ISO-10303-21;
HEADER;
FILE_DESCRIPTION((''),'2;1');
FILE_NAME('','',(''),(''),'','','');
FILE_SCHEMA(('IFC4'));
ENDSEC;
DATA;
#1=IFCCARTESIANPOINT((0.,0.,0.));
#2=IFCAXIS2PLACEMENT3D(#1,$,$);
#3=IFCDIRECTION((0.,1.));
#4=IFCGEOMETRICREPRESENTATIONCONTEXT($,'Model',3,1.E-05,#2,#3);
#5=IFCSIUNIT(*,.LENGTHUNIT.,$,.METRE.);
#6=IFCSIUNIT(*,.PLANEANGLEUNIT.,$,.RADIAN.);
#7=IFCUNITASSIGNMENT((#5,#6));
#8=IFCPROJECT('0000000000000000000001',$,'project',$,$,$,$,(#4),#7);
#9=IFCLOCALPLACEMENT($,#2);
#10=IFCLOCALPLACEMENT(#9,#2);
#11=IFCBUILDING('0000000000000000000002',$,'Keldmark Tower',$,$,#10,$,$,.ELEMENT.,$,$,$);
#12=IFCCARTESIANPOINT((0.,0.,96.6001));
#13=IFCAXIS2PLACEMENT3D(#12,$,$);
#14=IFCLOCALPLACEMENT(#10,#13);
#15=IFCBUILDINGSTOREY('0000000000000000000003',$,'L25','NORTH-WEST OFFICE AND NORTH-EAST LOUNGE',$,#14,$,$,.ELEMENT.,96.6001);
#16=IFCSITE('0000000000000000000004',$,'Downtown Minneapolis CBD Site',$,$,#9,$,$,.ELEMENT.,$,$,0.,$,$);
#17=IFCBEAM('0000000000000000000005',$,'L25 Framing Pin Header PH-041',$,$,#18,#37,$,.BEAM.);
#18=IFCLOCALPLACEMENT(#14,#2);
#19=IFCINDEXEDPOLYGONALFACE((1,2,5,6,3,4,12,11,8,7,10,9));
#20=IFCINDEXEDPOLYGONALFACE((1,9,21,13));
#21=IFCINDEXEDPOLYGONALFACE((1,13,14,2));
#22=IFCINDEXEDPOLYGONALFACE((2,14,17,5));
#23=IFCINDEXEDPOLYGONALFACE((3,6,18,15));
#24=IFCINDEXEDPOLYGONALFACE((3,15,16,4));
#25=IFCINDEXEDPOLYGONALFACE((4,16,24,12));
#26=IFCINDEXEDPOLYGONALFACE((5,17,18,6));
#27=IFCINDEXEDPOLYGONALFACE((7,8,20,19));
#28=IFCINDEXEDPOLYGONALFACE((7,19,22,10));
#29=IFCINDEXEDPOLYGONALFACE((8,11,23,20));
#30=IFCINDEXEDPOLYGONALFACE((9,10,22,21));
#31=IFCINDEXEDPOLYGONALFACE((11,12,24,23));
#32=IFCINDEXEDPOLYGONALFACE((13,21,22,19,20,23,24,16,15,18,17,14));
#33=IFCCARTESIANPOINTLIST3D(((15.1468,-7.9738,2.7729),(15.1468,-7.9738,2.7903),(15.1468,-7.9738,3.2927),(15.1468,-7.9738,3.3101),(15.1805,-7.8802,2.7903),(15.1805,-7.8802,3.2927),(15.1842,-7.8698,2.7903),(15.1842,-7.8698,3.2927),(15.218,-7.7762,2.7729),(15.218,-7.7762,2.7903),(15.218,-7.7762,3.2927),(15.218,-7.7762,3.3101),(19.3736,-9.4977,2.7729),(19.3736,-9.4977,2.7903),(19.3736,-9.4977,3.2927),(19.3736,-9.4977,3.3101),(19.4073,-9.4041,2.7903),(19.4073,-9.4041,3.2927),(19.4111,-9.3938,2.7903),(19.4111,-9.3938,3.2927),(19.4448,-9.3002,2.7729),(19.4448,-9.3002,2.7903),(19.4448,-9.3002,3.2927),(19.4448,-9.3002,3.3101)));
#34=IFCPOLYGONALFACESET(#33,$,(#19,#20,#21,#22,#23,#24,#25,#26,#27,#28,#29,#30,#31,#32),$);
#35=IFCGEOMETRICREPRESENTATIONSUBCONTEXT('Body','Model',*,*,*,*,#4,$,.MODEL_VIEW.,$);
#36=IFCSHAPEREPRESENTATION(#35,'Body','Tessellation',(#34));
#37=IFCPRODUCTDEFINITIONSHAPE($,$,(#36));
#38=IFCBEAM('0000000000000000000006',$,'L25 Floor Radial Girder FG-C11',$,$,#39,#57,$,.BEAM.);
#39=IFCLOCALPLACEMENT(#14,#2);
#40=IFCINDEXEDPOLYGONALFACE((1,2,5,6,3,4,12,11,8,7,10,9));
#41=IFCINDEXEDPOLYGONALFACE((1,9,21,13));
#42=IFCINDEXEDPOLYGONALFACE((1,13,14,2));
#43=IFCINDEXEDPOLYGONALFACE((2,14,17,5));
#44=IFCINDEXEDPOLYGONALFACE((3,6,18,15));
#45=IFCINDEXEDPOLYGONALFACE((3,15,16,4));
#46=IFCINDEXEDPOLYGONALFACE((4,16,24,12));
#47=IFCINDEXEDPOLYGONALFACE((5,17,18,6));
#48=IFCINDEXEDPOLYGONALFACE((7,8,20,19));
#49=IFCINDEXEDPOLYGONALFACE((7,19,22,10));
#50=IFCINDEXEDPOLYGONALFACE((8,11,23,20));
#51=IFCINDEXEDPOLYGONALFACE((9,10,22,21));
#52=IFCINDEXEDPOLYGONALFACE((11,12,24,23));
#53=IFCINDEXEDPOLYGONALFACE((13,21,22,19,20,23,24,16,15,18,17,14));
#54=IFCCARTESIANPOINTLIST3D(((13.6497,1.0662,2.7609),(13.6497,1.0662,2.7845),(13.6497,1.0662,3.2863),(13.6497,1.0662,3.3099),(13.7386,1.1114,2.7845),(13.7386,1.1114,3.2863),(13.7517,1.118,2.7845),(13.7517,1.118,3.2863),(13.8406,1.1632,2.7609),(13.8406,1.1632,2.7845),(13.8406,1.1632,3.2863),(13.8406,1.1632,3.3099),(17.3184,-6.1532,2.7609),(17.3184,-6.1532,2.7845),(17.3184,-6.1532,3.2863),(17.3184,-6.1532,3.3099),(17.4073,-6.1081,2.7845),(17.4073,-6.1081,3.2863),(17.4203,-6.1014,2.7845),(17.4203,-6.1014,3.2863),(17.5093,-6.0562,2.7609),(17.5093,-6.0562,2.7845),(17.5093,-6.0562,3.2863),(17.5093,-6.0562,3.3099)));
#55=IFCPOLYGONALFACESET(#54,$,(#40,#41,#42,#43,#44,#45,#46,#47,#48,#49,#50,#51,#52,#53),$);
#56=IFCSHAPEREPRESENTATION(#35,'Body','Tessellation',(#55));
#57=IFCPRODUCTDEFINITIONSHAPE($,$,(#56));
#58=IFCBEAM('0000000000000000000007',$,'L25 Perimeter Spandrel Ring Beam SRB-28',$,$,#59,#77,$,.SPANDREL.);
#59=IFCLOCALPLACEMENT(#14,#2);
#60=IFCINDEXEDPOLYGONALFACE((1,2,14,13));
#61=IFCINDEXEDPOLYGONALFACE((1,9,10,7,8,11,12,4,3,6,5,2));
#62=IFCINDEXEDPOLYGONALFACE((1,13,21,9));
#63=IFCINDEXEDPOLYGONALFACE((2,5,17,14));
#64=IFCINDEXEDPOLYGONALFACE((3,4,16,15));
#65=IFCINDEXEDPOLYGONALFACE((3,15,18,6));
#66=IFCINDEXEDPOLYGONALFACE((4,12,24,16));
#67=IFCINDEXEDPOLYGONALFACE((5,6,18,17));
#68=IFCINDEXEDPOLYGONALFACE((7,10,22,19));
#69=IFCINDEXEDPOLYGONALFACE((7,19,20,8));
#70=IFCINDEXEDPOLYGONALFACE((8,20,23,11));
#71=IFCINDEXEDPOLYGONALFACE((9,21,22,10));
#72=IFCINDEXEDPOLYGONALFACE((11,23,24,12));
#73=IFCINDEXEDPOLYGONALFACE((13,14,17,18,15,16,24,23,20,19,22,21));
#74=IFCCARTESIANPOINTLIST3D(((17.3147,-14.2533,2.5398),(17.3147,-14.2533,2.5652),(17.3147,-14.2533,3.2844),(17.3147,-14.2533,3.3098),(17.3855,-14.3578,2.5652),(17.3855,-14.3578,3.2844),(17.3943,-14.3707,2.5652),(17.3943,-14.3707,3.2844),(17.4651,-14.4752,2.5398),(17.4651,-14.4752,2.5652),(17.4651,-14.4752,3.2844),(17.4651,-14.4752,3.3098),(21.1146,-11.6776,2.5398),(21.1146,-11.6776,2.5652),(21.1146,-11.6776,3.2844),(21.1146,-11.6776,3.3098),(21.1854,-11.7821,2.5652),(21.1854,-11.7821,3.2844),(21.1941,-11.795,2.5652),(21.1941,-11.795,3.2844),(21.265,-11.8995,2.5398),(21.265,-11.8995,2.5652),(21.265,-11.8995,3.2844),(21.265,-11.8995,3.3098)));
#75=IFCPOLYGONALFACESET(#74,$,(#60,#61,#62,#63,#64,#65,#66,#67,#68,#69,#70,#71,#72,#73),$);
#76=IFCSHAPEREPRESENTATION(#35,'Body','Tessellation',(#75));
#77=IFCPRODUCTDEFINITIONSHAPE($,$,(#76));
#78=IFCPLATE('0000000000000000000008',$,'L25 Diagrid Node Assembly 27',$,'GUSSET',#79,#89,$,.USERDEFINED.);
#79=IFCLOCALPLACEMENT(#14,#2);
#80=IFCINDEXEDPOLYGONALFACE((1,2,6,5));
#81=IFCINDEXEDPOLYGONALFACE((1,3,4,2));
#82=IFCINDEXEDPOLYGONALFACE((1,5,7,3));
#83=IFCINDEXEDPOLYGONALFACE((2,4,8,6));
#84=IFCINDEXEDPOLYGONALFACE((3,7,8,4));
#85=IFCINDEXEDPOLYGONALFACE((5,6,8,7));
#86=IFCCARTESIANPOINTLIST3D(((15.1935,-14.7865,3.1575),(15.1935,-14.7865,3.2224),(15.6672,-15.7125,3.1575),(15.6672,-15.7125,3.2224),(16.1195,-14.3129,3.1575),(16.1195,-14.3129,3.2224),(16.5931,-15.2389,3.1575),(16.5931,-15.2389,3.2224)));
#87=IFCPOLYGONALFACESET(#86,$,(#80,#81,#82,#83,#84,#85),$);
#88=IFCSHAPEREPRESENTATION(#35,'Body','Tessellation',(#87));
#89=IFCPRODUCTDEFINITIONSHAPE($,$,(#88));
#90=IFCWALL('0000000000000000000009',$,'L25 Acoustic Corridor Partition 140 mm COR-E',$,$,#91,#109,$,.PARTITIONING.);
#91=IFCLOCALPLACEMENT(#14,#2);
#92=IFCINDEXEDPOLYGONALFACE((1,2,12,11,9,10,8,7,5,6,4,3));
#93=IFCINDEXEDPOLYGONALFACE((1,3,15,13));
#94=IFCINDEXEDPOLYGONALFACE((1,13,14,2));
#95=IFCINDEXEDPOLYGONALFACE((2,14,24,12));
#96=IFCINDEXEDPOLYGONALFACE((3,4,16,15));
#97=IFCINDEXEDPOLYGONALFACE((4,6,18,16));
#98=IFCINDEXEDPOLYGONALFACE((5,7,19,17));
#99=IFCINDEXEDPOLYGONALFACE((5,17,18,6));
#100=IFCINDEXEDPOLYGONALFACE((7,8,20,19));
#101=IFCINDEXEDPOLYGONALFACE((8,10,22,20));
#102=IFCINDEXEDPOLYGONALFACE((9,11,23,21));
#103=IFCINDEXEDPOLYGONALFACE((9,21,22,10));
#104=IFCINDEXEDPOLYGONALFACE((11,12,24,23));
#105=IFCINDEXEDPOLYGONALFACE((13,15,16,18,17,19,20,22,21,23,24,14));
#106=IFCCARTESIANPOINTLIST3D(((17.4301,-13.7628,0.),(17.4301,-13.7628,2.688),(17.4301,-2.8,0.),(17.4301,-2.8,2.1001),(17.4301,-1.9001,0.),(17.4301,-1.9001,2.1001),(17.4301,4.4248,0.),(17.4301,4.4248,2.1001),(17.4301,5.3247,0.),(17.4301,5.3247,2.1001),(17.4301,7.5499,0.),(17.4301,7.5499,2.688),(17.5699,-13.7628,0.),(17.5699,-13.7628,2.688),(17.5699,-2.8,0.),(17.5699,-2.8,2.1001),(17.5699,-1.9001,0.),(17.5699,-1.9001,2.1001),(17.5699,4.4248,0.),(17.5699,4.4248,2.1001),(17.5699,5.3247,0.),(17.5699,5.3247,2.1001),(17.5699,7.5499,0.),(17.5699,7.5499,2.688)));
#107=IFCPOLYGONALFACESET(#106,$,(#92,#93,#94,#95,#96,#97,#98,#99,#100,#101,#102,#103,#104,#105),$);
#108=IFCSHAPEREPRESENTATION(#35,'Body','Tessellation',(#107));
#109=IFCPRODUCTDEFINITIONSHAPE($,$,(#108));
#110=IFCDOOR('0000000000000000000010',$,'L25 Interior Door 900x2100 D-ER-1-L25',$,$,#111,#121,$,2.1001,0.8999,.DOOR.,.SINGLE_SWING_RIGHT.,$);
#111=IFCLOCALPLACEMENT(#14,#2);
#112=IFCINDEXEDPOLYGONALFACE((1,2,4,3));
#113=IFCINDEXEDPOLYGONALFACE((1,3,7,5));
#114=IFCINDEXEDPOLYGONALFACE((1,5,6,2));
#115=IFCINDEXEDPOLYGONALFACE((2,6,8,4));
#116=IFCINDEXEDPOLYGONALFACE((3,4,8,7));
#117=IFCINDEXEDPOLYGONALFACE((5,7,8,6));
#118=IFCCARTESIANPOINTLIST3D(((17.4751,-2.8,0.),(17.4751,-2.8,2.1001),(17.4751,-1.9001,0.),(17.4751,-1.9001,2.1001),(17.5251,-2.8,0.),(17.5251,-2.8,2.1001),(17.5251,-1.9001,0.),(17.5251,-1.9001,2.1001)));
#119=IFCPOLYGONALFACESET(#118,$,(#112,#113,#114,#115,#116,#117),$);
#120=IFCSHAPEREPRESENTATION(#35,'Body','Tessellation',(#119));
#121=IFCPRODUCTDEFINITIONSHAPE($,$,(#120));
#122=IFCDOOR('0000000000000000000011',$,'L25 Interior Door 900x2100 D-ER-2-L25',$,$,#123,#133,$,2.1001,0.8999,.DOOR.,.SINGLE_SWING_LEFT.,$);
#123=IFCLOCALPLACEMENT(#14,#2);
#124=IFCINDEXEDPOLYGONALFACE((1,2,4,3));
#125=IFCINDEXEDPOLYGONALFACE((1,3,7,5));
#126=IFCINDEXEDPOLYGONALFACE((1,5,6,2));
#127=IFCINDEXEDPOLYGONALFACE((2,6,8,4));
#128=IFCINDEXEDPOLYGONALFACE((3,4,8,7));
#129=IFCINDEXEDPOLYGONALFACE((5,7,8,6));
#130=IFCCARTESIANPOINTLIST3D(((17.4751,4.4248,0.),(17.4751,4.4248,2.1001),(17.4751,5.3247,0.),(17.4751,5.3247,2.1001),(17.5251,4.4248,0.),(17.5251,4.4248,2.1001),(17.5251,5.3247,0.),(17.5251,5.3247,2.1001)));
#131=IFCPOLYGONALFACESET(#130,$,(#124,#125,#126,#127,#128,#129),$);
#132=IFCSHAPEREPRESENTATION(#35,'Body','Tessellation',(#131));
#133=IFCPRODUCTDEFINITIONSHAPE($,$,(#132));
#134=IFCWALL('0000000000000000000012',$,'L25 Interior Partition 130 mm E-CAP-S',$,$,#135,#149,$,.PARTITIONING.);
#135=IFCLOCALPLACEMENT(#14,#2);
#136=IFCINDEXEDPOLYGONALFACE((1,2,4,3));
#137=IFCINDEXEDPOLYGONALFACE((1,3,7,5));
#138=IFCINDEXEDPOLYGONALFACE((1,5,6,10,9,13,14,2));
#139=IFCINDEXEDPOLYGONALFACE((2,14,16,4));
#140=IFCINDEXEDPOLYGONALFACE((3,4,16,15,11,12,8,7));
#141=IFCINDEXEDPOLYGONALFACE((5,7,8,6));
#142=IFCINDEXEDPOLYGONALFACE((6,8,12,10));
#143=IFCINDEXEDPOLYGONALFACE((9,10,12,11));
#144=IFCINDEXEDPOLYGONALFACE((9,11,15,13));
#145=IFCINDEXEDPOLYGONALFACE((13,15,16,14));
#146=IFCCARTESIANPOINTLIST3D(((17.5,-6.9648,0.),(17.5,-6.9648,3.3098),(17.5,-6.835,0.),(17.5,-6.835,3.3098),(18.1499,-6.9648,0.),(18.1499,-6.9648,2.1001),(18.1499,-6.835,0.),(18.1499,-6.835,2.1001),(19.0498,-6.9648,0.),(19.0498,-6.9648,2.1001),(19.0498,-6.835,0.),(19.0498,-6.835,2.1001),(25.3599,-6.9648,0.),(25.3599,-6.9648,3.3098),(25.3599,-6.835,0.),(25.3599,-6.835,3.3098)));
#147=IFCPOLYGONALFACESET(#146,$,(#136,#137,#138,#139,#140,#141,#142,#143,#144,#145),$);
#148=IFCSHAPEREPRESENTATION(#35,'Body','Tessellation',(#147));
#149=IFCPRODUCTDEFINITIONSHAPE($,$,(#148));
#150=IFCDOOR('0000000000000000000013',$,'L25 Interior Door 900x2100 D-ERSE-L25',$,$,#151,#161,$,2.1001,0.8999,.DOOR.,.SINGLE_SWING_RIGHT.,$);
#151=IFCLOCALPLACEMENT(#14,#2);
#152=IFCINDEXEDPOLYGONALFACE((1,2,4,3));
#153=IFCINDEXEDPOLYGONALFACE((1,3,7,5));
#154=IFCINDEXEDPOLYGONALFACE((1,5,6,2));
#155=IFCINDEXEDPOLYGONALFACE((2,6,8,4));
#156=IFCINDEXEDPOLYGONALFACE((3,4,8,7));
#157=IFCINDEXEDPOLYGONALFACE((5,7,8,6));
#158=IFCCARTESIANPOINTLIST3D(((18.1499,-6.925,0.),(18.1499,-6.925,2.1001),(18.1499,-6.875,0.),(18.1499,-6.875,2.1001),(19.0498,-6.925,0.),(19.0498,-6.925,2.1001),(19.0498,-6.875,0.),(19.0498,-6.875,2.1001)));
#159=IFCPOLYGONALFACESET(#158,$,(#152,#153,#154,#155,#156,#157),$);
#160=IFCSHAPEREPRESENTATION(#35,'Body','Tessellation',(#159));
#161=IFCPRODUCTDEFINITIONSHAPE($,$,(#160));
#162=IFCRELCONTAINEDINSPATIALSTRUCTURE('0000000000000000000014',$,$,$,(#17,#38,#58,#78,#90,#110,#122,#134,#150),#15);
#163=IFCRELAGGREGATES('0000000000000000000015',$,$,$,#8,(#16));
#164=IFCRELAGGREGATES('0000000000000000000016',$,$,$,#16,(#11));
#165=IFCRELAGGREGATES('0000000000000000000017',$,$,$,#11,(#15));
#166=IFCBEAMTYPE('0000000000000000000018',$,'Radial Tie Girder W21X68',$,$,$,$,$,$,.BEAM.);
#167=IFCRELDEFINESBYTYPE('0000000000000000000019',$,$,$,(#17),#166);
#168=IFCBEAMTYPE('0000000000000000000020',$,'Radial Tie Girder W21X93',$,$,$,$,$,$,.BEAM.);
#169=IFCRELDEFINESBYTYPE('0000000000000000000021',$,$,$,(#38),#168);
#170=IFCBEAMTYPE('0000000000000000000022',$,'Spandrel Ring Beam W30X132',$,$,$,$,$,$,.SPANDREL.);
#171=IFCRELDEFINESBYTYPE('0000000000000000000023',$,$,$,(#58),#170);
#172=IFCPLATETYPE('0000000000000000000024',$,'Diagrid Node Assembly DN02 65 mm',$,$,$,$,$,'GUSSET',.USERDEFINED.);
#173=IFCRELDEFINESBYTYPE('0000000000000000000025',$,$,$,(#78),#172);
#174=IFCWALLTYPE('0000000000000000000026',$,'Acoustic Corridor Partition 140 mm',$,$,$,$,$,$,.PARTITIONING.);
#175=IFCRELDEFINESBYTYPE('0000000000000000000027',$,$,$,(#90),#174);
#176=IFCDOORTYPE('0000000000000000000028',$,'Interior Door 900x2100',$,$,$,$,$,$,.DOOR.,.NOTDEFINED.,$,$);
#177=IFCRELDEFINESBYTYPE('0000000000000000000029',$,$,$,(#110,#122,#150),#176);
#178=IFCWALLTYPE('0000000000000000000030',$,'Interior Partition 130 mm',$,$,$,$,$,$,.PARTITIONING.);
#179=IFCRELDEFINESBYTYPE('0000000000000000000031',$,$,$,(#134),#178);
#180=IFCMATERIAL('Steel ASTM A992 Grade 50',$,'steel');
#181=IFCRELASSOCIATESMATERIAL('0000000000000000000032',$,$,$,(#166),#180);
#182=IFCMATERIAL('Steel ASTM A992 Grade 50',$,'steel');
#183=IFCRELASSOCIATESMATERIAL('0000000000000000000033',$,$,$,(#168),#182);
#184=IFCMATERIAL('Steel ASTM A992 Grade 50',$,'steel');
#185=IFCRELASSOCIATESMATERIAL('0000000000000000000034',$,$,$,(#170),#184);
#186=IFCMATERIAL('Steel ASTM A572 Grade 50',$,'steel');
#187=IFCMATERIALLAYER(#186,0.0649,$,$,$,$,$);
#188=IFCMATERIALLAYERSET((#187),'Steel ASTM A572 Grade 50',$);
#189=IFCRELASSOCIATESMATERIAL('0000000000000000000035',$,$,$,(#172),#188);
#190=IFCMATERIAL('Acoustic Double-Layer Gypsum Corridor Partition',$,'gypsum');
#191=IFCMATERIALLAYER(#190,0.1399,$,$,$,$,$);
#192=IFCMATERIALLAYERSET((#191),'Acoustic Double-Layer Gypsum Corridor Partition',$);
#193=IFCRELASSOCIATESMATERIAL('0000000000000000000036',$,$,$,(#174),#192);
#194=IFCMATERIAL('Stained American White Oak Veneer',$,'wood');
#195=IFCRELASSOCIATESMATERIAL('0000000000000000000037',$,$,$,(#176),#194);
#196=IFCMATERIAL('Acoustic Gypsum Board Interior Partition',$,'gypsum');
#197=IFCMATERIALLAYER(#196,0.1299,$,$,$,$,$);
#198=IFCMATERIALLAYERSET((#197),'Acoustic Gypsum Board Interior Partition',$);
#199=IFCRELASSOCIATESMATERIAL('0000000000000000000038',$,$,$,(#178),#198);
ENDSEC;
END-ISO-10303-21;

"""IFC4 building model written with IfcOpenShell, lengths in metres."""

from ifc_helpers import new_model, si_unit, direction, frame, frame_2d, origin, origin_2d, place, context, subcontext, project, spatial, rectangle, i_section, extrude, material, layer, layer_set, material_profile, profile_set, type_object, element, fill, save


model = new_model("IFC4")

# Units and contexts
model_context = context("Model", 3, precision=1e-05, world=origin(), true_north=direction((0.0, 1.0)))
body_context = subcontext(model_context, "Body", "Model", "MODEL_VIEW")
ifc_project = project(units=[si_unit("LENGTHUNIT", "METRE"), si_unit("PLANEANGLEUNIT", "RADIAN")], contexts=[model_context])

# Site, building, storey
site_placement = place(None, origin())
site = spatial("IfcSite", under=ifc_project, at=site_placement, Name="Downtown Minneapolis CBD Site", CompositionType="ELEMENT", RefElevation=0.0)
building_placement = place(site_placement, origin())
building = spatial("IfcBuilding", under=site, at=building_placement, Name="Keldmark Tower", CompositionType="ELEMENT")
storey_placement = place(building_placement, frame((0.0, 0.0, 96.6001)))
storey = spatial("IfcBuildingStorey", under=building, at=storey_placement, Name="L25", Description="NORTH-WEST OFFICE AND NORTH-EAST LOUNGE", CompositionType="ELEMENT", Elevation=96.6001)

# Beams
ifc_material_1 = material(Name="Steel ASTM A992 Grade 50", Category="steel")
ifc_material_profile_1 = material_profile(ifc_material_1, i_section(OverallWidth=0.21, OverallDepth=0.5371, WebThickness=0.011, FlangeThickness=0.0173, at=origin_2d()), Name="W21X68")
ifc_profile_set_1 = profile_set([ifc_material_profile_1], Name="Steel ASTM A992 Grade 50")
beam_type_1 = type_object("IfcBeamType", Name="Radial Tie Girder W21X68", PredefinedType="BEAM", material=ifc_profile_set_1)
beam_1_placement = place(storey_placement, frame((15.1824, -7.875, 3.0415), z_axis=(0.940726, -0.339168, 0.0), x_axis=(0.339168, 0.940726, 0.0)))
element("IfcBeam", 1, at=beam_1_placement, inside=storey, type_object=beam_type_1, Name="L25 Framing Pin Header PH-041", PredefinedType="BEAM", context=body_context, shape_type="SweptSolid", body=[
    extrude(i_section(OverallWidth=0.21, OverallDepth=0.5371, WebThickness=0.011, FlangeThickness=0.0173, at=origin_2d()), origin(), (0.0, 0.0, 1.0), 4.4932),
])
ifc_material_2 = material(Name="Steel ASTM A992 Grade 50", Category="steel")
ifc_material_profile_2 = material_profile(ifc_material_2, i_section(OverallWidth=0.2141, OverallDepth=0.5491, WebThickness=0.0146, FlangeThickness=0.0237, at=origin_2d()), Name="W21X93")
ifc_profile_set_2 = profile_set([ifc_material_profile_2], Name="Steel ASTM A992 Grade 50")
beam_type_2 = type_object("IfcBeamType", Name="Radial Tie Girder W21X93", PredefinedType="BEAM", material=ifc_profile_set_2)
beam_2_placement = place(storey_placement, frame((17.4138, -6.1047, 3.0354), z_axis=(-0.453029, 0.891496, 0.0), x_axis=(-0.891496, -0.453029, 0.0)))
element("IfcBeam", 2, at=beam_2_placement, inside=storey, type_object=beam_type_2, Name="L25 Floor Radial Girder FG-C11", PredefinedType="BEAM", context=body_context, shape_type="SweptSolid", body=[
    extrude(i_section(OverallWidth=0.2141, OverallDepth=0.5491, WebThickness=0.0146, FlangeThickness=0.0237, at=origin_2d()), origin(), (0.0, 0.0, 1.0), 8.0981),
])
ifc_material_3 = material(Name="Steel ASTM A992 Grade 50", Category="steel")
ifc_material_profile_3 = material_profile(ifc_material_3, i_section(OverallWidth=0.2681, OverallDepth=0.77, WebThickness=0.0156, FlangeThickness=0.0254, at=origin_2d()), Name="W30X132")
ifc_profile_set_3 = profile_set([ifc_material_profile_3], Name="Steel ASTM A992 Grade 50")
beam_type_3 = type_object("IfcBeamType", Name="Spandrel Ring Beam W30X132", PredefinedType="SPANDREL", material=ifc_profile_set_3)
beam_3_placement = place(storey_placement, frame((17.3899, -14.3643, 2.9248), z_axis=(0.827755, 0.56109, 0.0), x_axis=(-0.56109, 0.827755, 0.0)))
element("IfcBeam", 3, at=beam_3_placement, inside=storey, type_object=beam_type_3, Name="L25 Perimeter Spandrel Ring Beam SRB-28", PredefinedType="SPANDREL", context=body_context, shape_type="SweptSolid", body=[
    extrude(i_section(OverallWidth=0.2681, OverallDepth=0.77, WebThickness=0.0156, FlangeThickness=0.0254, at=origin_2d()), origin(), (0.0, 0.0, 1.0), 4.5906),
])

# Plate
ifc_material_4 = material(Name="Steel ASTM A572 Grade 50", Category="steel")
ifc_layer_1 = layer(ifc_material_4, 0.0649)
ifc_layer_set_1 = layer_set([ifc_layer_1], Name="Steel ASTM A572 Grade 50")
plate_type = type_object("IfcPlateType", Name="Diagrid Node Assembly DN02 65 mm", ElementType="GUSSET", PredefinedType="USERDEFINED", material=ifc_layer_set_1)
plate_placement = place(storey_placement, frame((15.8933, -15.0127, 3.1575), z_axis=(0.0, 0.0, 1.0), x_axis=(0.890292, 0.45539, 0.0)))
element("IfcPlate", 4, at=plate_placement, inside=storey, type_object=plate_type, Name="L25 Diagrid Node Assembly 27", ObjectType="GUSSET", PredefinedType="USERDEFINED", context=body_context, shape_type="SweptSolid", body=[
    extrude(rectangle(XDim=1.04, YDim=1.04, at=origin_2d()), origin(), (0.0, 0.0, 1.0), 0.0649),
])

# Wall, openings, doors
ifc_material_5 = material(Name="Acoustic Double-Layer Gypsum Corridor Partition", Category="gypsum")
ifc_layer_2 = layer(ifc_material_5, 0.1399)
ifc_layer_set_2 = layer_set([ifc_layer_2], Name="Acoustic Double-Layer Gypsum Corridor Partition")
wall_type_1 = type_object("IfcWallType", Name="Acoustic Corridor Partition 140 mm", PredefinedType="PARTITIONING", material=ifc_layer_set_2)
wall_1_placement = place(storey_placement, frame((17.5, -13.7627, 0.0), z_axis=(0.0, 0.0, 1.0), x_axis=(0.0, 1.0, 0.0)))
wall_1 = element("IfcWall", 5, at=wall_1_placement, inside=storey, type_object=wall_type_1, Name="L25 Acoustic Corridor Partition 140 mm COR-E", PredefinedType="PARTITIONING", context=body_context, shape_type="SweptSolid", body=[
    extrude(rectangle(XDim=21.3127, YDim=0.1399, at=frame_2d((10.6562, 0.0))), origin(), (0.0, 0.0, 1.0), 2.688),
])
opening_1_placement = place(wall_1_placement, frame((10.9626, 0.0, 0.0)))
opening_1 = element("IfcOpeningElement", 6, at=opening_1_placement, cuts=wall_1, PredefinedType="OPENING", context=body_context, shape_type="SweptSolid", body=[
    extrude(rectangle(XDim=0.8999, YDim=2.1001, at=frame_2d((0.45, 1.05))), frame((0.0, 0.0798, 0.0), z_axis=(0.0, -1.0, 0.0), x_axis=(1.0, 0.0, 0.0)), (0.0, 0.0, 1.0), 0.1599),
])
opening_2_placement = place(wall_1_placement, frame((18.1875, 0.0, 0.0)))
opening_2 = element("IfcOpeningElement", 7, at=opening_2_placement, cuts=wall_1, PredefinedType="OPENING", context=body_context, shape_type="SweptSolid", body=[
    extrude(rectangle(XDim=0.8999, YDim=2.1001, at=frame_2d((0.45, 1.05))), frame((0.0, 0.0798, 0.0), z_axis=(0.0, -1.0, 0.0), x_axis=(1.0, 0.0, 0.0)), (0.0, 0.0, 1.0), 0.1599),
])
ifc_material_6 = material(Name="Stained American White Oak Veneer", Category="wood")
door_type = type_object("IfcDoorType", Name="Interior Door 900x2100", OperationType="NOTDEFINED", PredefinedType="DOOR", material=ifc_material_6)
door_1_placement = place(opening_1_placement, origin())
door_1 = element("IfcDoor", 8, at=door_1_placement, inside=storey, type_object=door_type, Name="L25 Interior Door 900x2100 D-ER-1-L25", OperationType="SINGLE_SWING_RIGHT", OverallHeight=2.1001, OverallWidth=0.8999, PredefinedType="DOOR", context=body_context, shape_type="SweptSolid", body=[
    extrude(rectangle(XDim=0.8999, YDim=2.1001, at=frame_2d((0.45, 1.05))), frame((0.0, 0.0249, 0.0), z_axis=(0.0, -1.0, 0.0), x_axis=(1.0, 0.0, 0.0)), (0.0, 0.0, 1.0), 0.05),
])
fill(opening_1, door_1)
door_2_placement = place(opening_2_placement, origin())
door_2 = element("IfcDoor", 9, at=door_2_placement, inside=storey, type_object=door_type, Name="L25 Interior Door 900x2100 D-ER-2-L25", OperationType="SINGLE_SWING_LEFT", OverallHeight=2.1001, OverallWidth=0.8999, PredefinedType="DOOR", context=body_context, shape_type="SweptSolid", body=[
    extrude(rectangle(XDim=0.8999, YDim=2.1001, at=frame_2d((0.45, 1.05))), frame((0.0, 0.0249, 0.0), z_axis=(0.0, -1.0, 0.0), x_axis=(1.0, 0.0, 0.0)), (0.0, 0.0, 1.0), 0.05),
])
fill(opening_2, door_2)

# Wall, opening, door
ifc_material_7 = material(Name="Acoustic Gypsum Board Interior Partition", Category="gypsum")
ifc_layer_3 = layer(ifc_material_7, 0.1299)
ifc_layer_set_3 = layer_set([ifc_layer_3], Name="Acoustic Gypsum Board Interior Partition")
wall_type_2 = type_object("IfcWallType", Name="Interior Partition 130 mm", PredefinedType="PARTITIONING", material=ifc_layer_set_3)
wall_2_placement = place(storey_placement, frame((17.5, -6.8999, 0.0), z_axis=(0.0, 0.0, 1.0), x_axis=(1.0, 0.0, 0.0)))
wall_2 = element("IfcWall", 10, at=wall_2_placement, inside=storey, type_object=wall_type_2, Name="L25 Interior Partition 130 mm E-CAP-S", PredefinedType="PARTITIONING", context=body_context, shape_type="SweptSolid", body=[
    extrude(rectangle(XDim=7.8599, YDim=0.1299, at=frame_2d((3.9299, 0.0))), origin(), (0.0, 0.0, 1.0), 3.3098),
])
opening_3_placement = place(wall_2_placement, frame((0.6499, 0.0, 0.0)))
opening_3 = element("IfcOpeningElement", 11, at=opening_3_placement, cuts=wall_2, PredefinedType="OPENING", context=body_context, shape_type="SweptSolid", body=[
    extrude(rectangle(XDim=0.8999, YDim=2.1001, at=frame_2d((0.45, 1.05))), frame((0.0, 0.075, 0.0), z_axis=(0.0, -1.0, 0.0), x_axis=(1.0, 0.0, 0.0)), (0.0, 0.0, 1.0), 0.1499),
])
door_3_placement = place(opening_3_placement, origin())
door_3 = element("IfcDoor", 12, at=door_3_placement, inside=storey, type_object=door_type, Name="L25 Interior Door 900x2100 D-ERSE-L25", OperationType="SINGLE_SWING_RIGHT", OverallHeight=2.1001, OverallWidth=0.8999, PredefinedType="DOOR", context=body_context, shape_type="SweptSolid", body=[
    extrude(rectangle(XDim=0.8999, YDim=2.1001, at=frame_2d((0.45, 1.05))), frame((0.0, 0.0249, 0.0), z_axis=(0.0, -1.0, 0.0), x_axis=(1.0, 0.0, 0.0)), (0.0, 0.0, 1.0), 0.05),
])
fill(opening_3, door_3)

save(model, "model.ifc")
